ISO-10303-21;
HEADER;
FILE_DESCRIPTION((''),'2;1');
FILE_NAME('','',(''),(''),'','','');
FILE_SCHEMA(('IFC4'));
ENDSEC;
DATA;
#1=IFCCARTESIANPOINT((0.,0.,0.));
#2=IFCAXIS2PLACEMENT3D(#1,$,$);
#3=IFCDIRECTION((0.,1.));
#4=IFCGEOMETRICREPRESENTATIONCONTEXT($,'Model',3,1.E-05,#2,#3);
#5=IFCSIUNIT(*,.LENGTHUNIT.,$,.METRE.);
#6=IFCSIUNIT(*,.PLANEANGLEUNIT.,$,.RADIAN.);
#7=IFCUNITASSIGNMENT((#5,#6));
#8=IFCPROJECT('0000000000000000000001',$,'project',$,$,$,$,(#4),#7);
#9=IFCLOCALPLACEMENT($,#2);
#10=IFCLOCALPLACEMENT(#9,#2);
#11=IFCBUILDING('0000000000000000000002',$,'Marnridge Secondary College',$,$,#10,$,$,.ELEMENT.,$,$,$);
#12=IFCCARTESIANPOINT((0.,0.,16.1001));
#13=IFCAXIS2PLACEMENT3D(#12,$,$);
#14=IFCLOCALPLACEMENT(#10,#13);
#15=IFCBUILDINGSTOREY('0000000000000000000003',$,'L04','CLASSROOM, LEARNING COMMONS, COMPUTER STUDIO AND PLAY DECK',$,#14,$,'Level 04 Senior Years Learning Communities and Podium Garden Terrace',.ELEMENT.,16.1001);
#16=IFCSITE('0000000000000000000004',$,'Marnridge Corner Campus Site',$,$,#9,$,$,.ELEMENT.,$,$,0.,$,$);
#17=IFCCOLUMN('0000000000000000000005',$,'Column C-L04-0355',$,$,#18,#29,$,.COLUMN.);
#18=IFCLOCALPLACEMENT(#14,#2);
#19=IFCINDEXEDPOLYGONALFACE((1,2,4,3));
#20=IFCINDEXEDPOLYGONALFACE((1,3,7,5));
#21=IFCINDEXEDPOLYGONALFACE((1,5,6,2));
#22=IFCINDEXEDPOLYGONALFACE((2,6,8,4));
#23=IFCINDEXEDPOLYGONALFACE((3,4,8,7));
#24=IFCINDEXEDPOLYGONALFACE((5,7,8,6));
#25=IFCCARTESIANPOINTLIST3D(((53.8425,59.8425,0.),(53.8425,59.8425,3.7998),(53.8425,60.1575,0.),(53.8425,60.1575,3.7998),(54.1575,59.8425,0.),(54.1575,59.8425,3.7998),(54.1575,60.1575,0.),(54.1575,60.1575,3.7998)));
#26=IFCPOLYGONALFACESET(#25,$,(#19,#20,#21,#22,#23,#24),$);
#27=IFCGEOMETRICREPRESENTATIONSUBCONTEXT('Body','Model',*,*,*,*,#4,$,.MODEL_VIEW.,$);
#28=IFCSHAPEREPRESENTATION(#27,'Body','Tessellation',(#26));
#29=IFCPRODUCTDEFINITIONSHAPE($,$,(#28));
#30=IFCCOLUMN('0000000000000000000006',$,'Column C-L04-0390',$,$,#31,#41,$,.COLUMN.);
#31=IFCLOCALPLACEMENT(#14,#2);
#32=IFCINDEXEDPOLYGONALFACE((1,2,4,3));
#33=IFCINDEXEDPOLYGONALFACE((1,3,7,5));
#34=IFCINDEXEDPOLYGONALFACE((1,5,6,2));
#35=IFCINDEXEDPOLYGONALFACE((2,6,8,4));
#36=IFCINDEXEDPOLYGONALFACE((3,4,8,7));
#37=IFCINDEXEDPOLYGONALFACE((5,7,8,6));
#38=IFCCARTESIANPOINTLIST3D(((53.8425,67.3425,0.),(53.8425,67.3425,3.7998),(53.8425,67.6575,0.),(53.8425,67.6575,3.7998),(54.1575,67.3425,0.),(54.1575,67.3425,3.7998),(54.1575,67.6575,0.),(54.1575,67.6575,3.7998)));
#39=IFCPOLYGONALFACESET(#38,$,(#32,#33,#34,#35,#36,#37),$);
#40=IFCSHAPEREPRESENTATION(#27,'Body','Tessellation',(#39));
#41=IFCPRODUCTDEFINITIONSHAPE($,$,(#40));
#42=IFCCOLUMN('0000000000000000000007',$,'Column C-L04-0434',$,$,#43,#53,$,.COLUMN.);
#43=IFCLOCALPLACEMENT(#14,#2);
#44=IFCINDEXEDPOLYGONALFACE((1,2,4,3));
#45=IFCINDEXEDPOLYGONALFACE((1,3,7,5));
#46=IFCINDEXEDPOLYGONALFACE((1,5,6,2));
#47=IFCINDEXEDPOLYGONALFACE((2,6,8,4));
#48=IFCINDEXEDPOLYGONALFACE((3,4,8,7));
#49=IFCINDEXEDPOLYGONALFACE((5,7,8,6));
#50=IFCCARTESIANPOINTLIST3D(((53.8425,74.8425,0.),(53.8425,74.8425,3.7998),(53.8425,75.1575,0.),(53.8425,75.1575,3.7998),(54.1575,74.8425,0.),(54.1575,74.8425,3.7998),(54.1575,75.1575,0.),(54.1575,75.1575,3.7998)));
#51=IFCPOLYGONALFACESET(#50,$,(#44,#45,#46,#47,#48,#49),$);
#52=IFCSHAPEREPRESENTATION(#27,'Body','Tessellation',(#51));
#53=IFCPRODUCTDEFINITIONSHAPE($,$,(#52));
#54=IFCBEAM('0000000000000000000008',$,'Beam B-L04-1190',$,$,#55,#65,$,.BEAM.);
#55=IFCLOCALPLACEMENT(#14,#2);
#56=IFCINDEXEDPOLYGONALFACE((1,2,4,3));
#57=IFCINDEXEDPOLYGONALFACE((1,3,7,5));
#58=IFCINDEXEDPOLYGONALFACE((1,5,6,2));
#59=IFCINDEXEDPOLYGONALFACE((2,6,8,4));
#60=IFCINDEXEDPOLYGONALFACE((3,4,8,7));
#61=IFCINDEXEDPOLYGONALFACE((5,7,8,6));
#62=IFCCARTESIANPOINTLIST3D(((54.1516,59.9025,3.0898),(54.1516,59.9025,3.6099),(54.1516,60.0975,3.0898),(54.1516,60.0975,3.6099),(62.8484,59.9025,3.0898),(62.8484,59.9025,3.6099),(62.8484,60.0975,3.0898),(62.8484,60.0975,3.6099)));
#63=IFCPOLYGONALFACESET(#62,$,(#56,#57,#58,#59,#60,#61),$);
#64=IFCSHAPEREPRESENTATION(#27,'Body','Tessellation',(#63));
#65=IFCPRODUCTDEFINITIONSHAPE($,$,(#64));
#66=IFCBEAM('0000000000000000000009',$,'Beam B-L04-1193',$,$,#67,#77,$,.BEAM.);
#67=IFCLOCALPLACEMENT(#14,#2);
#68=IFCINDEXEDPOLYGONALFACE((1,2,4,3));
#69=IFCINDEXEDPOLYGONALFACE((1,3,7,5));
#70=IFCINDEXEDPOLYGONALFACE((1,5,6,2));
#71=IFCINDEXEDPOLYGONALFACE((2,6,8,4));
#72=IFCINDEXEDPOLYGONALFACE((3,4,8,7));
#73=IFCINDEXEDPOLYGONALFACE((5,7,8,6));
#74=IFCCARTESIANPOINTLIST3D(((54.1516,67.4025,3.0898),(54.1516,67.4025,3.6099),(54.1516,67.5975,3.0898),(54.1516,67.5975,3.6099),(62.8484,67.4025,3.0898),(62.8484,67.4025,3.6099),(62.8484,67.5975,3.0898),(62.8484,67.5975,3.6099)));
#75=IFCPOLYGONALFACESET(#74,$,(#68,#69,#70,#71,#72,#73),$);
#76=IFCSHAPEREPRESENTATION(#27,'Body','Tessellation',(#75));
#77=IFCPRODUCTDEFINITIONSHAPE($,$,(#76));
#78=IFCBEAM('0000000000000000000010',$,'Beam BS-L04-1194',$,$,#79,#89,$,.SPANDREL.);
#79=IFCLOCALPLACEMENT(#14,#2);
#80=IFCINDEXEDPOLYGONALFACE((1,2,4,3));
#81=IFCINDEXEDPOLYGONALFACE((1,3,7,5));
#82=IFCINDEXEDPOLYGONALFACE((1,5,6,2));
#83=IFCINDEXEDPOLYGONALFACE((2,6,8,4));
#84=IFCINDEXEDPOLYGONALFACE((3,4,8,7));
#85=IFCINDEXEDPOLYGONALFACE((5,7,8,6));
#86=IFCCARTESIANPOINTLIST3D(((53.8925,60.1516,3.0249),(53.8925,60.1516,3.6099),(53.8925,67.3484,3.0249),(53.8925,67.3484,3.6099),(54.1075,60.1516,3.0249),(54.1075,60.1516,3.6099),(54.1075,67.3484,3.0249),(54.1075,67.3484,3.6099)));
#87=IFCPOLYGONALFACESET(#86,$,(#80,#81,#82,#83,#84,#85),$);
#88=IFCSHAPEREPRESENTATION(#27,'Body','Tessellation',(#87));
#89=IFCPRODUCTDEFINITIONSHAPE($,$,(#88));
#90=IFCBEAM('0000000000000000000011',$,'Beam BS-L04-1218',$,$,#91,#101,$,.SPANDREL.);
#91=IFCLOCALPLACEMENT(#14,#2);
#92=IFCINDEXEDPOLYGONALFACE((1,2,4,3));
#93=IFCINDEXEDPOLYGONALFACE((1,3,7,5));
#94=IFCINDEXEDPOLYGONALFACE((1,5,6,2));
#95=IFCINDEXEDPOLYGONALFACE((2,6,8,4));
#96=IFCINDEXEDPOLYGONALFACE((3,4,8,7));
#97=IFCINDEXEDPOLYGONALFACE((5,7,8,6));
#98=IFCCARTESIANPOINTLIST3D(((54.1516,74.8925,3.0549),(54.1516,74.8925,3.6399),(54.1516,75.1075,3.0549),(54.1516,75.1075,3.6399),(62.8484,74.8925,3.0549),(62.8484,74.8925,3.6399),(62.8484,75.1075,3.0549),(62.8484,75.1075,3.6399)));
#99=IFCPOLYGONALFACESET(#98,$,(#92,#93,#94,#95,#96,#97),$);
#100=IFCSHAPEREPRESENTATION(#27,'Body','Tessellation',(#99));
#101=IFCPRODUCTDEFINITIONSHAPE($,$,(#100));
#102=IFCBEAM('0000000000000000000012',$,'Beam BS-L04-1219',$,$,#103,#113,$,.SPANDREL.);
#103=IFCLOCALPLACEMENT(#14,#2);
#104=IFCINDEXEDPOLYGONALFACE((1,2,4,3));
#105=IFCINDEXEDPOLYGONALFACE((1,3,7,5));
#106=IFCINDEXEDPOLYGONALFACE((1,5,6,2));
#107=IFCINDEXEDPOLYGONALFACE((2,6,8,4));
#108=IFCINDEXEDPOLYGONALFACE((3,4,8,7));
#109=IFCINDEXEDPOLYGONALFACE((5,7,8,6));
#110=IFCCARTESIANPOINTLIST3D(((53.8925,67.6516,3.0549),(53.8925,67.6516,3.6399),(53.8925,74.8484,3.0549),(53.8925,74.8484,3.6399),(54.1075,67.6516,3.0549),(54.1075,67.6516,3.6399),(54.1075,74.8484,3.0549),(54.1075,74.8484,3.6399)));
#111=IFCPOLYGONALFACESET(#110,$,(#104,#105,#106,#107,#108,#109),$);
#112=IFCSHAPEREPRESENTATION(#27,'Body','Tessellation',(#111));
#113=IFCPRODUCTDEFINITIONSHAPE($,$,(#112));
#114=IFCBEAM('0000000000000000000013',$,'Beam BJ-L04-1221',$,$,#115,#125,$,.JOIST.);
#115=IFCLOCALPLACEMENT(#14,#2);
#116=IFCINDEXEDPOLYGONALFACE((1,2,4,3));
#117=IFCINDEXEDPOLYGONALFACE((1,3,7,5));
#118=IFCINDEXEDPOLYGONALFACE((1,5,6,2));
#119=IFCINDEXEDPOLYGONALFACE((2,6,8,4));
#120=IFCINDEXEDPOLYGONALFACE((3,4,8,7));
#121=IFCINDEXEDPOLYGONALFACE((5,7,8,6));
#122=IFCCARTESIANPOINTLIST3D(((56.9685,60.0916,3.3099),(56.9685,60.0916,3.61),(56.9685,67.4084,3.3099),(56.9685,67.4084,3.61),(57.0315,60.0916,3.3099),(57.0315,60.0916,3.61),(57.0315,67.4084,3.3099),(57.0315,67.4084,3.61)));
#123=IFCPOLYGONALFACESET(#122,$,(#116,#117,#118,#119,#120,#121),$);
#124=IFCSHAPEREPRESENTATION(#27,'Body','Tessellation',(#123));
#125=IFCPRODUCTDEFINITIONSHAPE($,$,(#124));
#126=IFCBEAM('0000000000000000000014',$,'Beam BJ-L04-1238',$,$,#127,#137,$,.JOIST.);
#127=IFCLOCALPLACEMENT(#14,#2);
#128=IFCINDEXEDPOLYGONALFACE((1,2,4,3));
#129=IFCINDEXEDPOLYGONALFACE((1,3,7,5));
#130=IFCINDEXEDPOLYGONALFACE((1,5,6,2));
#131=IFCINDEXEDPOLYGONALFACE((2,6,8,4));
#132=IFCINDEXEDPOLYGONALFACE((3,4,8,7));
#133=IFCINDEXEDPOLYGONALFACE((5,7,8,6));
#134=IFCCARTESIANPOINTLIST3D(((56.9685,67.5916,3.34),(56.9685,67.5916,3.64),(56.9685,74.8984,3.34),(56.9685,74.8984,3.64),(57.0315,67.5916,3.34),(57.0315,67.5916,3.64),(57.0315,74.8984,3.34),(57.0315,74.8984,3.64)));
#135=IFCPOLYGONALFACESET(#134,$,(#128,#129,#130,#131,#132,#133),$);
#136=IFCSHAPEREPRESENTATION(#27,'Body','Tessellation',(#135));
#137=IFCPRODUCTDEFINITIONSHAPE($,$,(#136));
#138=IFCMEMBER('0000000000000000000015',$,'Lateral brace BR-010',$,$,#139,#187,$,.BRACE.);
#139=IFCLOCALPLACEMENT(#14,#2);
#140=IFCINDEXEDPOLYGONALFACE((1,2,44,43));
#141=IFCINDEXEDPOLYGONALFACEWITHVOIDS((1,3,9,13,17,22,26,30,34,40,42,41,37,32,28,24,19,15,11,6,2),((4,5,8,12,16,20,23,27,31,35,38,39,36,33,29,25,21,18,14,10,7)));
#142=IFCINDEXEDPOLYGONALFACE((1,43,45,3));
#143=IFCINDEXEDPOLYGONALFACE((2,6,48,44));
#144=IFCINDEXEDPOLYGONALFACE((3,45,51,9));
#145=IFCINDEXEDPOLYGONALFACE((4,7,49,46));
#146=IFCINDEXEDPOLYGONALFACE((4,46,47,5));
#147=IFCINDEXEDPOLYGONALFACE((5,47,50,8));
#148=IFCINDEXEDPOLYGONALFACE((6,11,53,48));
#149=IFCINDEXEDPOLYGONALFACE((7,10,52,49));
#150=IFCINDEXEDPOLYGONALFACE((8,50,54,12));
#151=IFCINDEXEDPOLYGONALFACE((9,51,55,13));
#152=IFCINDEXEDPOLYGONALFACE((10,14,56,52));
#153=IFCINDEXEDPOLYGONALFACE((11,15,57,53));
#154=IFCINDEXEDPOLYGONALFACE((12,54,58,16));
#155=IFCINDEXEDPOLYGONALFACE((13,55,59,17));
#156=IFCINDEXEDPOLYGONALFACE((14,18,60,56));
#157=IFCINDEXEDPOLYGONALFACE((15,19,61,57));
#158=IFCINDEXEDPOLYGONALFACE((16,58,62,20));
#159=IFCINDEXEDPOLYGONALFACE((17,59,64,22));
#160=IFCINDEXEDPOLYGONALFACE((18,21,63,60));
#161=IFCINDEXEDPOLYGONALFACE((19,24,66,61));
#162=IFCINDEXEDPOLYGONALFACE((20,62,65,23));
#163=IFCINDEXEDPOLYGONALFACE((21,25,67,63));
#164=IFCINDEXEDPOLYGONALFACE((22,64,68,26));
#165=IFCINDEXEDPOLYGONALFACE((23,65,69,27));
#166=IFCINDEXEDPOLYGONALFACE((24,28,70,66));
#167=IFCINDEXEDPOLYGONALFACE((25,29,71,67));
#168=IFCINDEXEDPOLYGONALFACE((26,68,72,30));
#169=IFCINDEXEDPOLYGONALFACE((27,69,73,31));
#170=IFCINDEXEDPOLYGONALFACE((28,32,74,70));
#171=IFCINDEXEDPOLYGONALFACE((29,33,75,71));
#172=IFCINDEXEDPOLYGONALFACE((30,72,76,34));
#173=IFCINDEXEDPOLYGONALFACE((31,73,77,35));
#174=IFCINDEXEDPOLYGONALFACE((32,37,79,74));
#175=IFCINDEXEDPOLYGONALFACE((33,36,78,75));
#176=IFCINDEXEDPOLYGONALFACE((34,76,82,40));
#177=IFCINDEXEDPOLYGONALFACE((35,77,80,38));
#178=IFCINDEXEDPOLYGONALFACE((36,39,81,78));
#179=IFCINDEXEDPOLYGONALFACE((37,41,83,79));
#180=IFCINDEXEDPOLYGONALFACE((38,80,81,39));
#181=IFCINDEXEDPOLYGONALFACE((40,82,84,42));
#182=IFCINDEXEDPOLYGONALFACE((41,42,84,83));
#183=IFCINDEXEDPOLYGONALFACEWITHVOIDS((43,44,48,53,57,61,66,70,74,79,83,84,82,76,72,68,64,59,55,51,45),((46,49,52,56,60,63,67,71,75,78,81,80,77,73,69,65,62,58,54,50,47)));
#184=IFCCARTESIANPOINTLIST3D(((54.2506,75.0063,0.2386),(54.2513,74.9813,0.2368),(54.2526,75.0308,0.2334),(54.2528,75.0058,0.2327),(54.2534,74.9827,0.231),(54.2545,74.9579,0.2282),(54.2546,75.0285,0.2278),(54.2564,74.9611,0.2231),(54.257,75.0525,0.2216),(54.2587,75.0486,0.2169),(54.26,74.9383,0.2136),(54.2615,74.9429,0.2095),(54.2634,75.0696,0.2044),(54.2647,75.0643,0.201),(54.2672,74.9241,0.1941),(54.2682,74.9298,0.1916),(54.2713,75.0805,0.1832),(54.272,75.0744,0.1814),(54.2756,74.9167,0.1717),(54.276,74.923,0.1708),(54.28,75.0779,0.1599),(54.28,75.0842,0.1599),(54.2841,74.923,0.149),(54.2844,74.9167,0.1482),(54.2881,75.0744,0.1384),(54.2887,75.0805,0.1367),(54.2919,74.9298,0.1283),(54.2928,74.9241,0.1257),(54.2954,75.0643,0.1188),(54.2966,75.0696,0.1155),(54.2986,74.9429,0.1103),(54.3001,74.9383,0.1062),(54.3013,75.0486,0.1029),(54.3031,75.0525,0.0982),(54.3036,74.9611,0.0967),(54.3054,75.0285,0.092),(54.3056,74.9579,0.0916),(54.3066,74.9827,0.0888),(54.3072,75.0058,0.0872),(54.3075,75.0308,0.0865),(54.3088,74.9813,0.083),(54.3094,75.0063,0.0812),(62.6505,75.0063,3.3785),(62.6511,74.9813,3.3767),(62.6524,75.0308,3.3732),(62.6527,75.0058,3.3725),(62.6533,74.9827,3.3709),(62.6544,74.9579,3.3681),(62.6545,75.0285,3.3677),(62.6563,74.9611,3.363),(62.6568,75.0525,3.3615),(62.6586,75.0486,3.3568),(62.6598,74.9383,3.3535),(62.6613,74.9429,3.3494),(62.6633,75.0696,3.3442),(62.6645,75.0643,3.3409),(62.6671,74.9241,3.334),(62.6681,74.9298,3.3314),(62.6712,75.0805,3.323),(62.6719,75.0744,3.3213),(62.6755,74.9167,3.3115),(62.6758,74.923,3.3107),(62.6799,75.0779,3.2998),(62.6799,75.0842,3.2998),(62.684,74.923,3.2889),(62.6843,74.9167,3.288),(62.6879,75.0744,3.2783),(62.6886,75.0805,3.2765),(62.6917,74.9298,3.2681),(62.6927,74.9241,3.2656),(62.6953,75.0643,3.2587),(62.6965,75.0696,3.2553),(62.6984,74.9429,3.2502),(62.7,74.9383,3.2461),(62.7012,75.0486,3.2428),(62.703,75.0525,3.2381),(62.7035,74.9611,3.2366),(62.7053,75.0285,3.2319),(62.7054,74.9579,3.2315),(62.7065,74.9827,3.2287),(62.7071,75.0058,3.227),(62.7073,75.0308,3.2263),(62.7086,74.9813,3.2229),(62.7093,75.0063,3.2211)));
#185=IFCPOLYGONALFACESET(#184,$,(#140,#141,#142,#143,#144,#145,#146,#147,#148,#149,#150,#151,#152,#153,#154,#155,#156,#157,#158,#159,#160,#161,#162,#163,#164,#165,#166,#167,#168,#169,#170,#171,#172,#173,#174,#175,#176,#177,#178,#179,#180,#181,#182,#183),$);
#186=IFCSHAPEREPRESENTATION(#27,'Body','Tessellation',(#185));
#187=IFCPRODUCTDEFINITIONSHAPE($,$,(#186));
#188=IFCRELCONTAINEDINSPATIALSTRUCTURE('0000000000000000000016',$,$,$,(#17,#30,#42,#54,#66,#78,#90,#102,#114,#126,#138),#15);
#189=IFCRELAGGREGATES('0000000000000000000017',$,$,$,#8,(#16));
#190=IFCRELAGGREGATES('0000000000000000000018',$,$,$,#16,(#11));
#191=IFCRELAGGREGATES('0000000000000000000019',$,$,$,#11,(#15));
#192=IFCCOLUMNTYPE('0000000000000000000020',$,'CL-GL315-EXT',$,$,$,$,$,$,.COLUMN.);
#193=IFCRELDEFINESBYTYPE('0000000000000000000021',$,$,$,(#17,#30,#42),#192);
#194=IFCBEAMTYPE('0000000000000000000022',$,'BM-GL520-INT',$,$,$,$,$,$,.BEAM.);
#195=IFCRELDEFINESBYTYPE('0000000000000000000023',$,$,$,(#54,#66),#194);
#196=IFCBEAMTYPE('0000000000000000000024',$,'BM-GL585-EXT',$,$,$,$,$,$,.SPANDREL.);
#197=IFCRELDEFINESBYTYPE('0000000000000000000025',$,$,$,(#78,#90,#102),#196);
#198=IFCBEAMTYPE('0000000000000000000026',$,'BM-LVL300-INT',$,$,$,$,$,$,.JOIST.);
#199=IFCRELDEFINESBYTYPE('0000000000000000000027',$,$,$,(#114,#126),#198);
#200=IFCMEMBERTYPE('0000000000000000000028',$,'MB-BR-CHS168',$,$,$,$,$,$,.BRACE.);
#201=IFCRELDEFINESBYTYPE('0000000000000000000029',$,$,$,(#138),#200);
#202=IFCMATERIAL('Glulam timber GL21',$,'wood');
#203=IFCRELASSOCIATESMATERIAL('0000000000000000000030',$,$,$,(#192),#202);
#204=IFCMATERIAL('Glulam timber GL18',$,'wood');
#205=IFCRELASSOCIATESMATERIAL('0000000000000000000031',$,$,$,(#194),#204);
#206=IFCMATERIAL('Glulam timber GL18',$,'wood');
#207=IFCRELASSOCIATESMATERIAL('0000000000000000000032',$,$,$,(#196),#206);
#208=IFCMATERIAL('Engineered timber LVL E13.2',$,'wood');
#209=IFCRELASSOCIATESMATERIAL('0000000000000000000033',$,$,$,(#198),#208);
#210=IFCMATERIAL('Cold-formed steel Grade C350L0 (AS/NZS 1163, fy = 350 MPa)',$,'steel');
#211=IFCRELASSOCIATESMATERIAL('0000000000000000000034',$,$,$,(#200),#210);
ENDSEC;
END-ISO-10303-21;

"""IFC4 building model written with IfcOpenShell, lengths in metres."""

from ifc_helpers import new_model, si_unit, direction, frame, origin, origin_2d, place, context, subcontext, project, spatial, rectangle, hollow_circle, extrude, material, material_profile, profile_set, type_object, element, save


model = new_model("IFC4")

# Units and contexts
model_context = context("Model", 3, precision=1e-05, world=origin(), true_north=direction((0.0, 1.0)))
body_context = subcontext(model_context, "Body", "Model", "MODEL_VIEW")
ifc_project = project(units=[si_unit("LENGTHUNIT", "METRE"), si_unit("PLANEANGLEUNIT", "RADIAN")], contexts=[model_context])

# Site, building, storey
site_placement = place(None, origin())
site = spatial("IfcSite", under=ifc_project, at=site_placement, Name="Marnridge Corner Campus Site", CompositionType="ELEMENT", RefElevation=0.0)
building_placement = place(site_placement, origin())
building = spatial("IfcBuilding", under=site, at=building_placement, Name="Marnridge Secondary College", CompositionType="ELEMENT")
storey_placement = place(building_placement, frame((0.0, 0.0, 16.1001)))
storey = spatial("IfcBuildingStorey", under=building, at=storey_placement, Name="L04", Description="CLASSROOM, LEARNING COMMONS, COMPUTER STUDIO AND PLAY DECK", LongName="Level 04 Senior Years Learning Communities and Podium Garden Terrace", CompositionType="ELEMENT", Elevation=16.1001)

# Columns
ifc_material_1 = material(Name="Glulam timber GL21", Category="wood")
ifc_material_profile_1 = material_profile(ifc_material_1, rectangle(XDim=0.3149, YDim=0.3149, at=origin_2d()), Name="GL21 315x315")
ifc_profile_set_1 = profile_set([ifc_material_profile_1], Name="Glulam timber GL21")
column_type = type_object("IfcColumnType", Name="CL-GL315-EXT", PredefinedType="COLUMN", material=ifc_profile_set_1)
for number, where, z_axis, x_axis, name in (
    (1, (54.0, 60.0, 0.0), (0.0, 0.0, 1.0), (1.0, 0.0, 0.0), "Column C-L04-0355"),
    (2, (54.0, 67.5, 0.0), (0.0, 0.0, 1.0), (1.0, 0.0, 0.0), "Column C-L04-0390"),
    (3, (54.0, 75.0, 0.0), (0.0, 0.0, 1.0), (1.0, 0.0, 0.0), "Column C-L04-0434"),
):
    element("IfcColumn", number, at=place(storey_placement, frame(where, z_axis=z_axis, x_axis=x_axis)), inside=storey, type_object=column_type, Name=name, PredefinedType="COLUMN", context=body_context, shape_type="SweptSolid", body=[
        extrude(rectangle(XDim=0.3149, YDim=0.3149, at=origin_2d()), origin(), (0.0, 0.0, 1.0), 3.7998),
    ])

# Beams
ifc_material_2 = material(Name="Glulam timber GL18", Category="wood")
ifc_material_profile_2 = material_profile(ifc_material_2, rectangle(XDim=0.1951, YDim=0.52, at=origin_2d()), Name="GL18 195x520")
ifc_profile_set_2 = profile_set([ifc_material_profile_2], Name="Glulam timber GL18")
beam_type_1 = type_object("IfcBeamType", Name="BM-GL520-INT", PredefinedType="BEAM", material=ifc_profile_set_2)
for number, where, z_axis, x_axis, name in (
    (4, (54.1516, 60.0, 3.3499), (1.0, 0.0, 0.0), (0.0, 1.0, 0.0), "Beam B-L04-1190"),
    (5, (54.1516, 67.5, 3.3499), (1.0, 0.0, 0.0), (0.0, 1.0, 0.0), "Beam B-L04-1193"),
):
    element("IfcBeam", number, at=place(storey_placement, frame(where, z_axis=z_axis, x_axis=x_axis)), inside=storey, type_object=beam_type_1, Name=name, PredefinedType="BEAM", context=body_context, shape_type="SweptSolid", body=[
        extrude(rectangle(XDim=0.1951, YDim=0.52, at=origin_2d()), origin(), (0.0, 0.0, 1.0), 8.6968),
    ])
ifc_material_3 = material(Name="Glulam timber GL18", Category="wood")
ifc_material_profile_3 = material_profile(ifc_material_3, rectangle(XDim=0.2151, YDim=0.585, at=origin_2d()), Name="GL18 215x585")
ifc_profile_set_3 = profile_set([ifc_material_profile_3], Name="Glulam timber GL18")
beam_type_2 = type_object("IfcBeamType", Name="BM-GL585-EXT", PredefinedType="SPANDREL", material=ifc_profile_set_3)
beam_1_placement = place(storey_placement, frame((54.0, 60.1516, 3.3174), z_axis=(0.0, 1.0, 0.0), x_axis=(-1.0, 0.0, 0.0)))
element("IfcBeam", 6, at=beam_1_placement, inside=storey, type_object=beam_type_2, Name="Beam BS-L04-1194", PredefinedType="SPANDREL", context=body_context, shape_type="SweptSolid", body=[
    extrude(rectangle(XDim=0.2151, YDim=0.585, at=origin_2d()), origin(), (0.0, 0.0, 1.0), 7.1968),
])
beam_2_placement = place(storey_placement, frame((54.1516, 75.0, 3.3474), z_axis=(1.0, 0.0, 0.0), x_axis=(0.0, 1.0, 0.0)))
element("IfcBeam", 7, at=beam_2_placement, inside=storey, type_object=beam_type_2, Name="Beam BS-L04-1218", PredefinedType="SPANDREL", context=body_context, shape_type="SweptSolid", body=[
    extrude(rectangle(XDim=0.2151, YDim=0.585, at=origin_2d()), origin(), (0.0, 0.0, 1.0), 8.6968),
])
beam_3_placement = place(storey_placement, frame((54.0, 67.6516, 3.3474), z_axis=(0.0, 1.0, 0.0), x_axis=(-1.0, 0.0, 0.0)))
element("IfcBeam", 8, at=beam_3_placement, inside=storey, type_object=beam_type_2, Name="Beam BS-L04-1219", PredefinedType="SPANDREL", context=body_context, shape_type="SweptSolid", body=[
    extrude(rectangle(XDim=0.2151, YDim=0.585, at=origin_2d()), origin(), (0.0, 0.0, 1.0), 7.1968),
])
ifc_material_4 = material(Name="Engineered timber LVL E13.2", Category="wood")
ifc_material_profile_4 = material_profile(ifc_material_4, rectangle(XDim=0.063, YDim=0.3, at=origin_2d()), Name="LVL 63x300")
ifc_profile_set_4 = profile_set([ifc_material_profile_4], Name="Engineered timber LVL E13.2")
beam_type_3 = type_object("IfcBeamType", Name="BM-LVL300-INT", PredefinedType="JOIST", material=ifc_profile_set_4)
beam_4_placement = place(storey_placement, frame((57.0, 60.0916, 3.46), z_axis=(0.0, 1.0, 0.0), x_axis=(-1.0, 0.0, 0.0)))
element("IfcBeam", 9, at=beam_4_placement, inside=storey, type_object=beam_type_3, Name="Beam BJ-L04-1221", PredefinedType="JOIST", context=body_context, shape_type="SweptSolid", body=[
    extrude(rectangle(XDim=0.063, YDim=0.3, at=origin_2d()), origin(), (0.0, 0.0, 1.0), 7.3169),
])
beam_5_placement = place(storey_placement, frame((57.0, 67.5916, 3.49), z_axis=(0.0, 1.0, 0.0), x_axis=(-1.0, 0.0, 0.0)))
element("IfcBeam", 10, at=beam_5_placement, inside=storey, type_object=beam_type_3, Name="Beam BJ-L04-1238", PredefinedType="JOIST", context=body_context, shape_type="SweptSolid", body=[
    extrude(rectangle(XDim=0.063, YDim=0.3, at=origin_2d()), origin(), (0.0, 0.0, 1.0), 7.3069),
])

# Member
ifc_material_5 = material(Name="Cold-formed steel Grade C350L0 (AS/NZS 1163, fy = 350 MPa)", Category="steel")
ifc_material_profile_5 = material_profile(ifc_material_5, hollow_circle(Radius=0.0842, WallThickness=0.0063, at=origin_2d()), Name="168.3x6.4CHS")
ifc_profile_set_5 = profile_set([ifc_material_profile_5], Name="Cold-formed steel Grade C350L0 (AS/NZS 1163, fy = 350 MPa)")
member_type_1 = type_object("IfcMemberType", Name="MB-BR-CHS168", PredefinedType="BRACE", material=ifc_profile_set_5)
member_1_placement = place(storey_placement, frame((54.28, 75.0, 0.1599), z_axis=(0.936698, 0.0, 0.350139), x_axis=(0.0, 1.0, 0.0)))
element("IfcMember", 11, at=member_1_placement, inside=storey, type_object=member_type_1, Name="Lateral brace BR-010", PredefinedType="BRACE", context=body_context, shape_type="SweptSolid", body=[
    extrude(hollow_circle(Radius=0.0842, WallThickness=0.0063, at=origin_2d()), origin(), (0.0, 0.0, 1.0), 8.9675),
])

save(model, "model.ifc")
